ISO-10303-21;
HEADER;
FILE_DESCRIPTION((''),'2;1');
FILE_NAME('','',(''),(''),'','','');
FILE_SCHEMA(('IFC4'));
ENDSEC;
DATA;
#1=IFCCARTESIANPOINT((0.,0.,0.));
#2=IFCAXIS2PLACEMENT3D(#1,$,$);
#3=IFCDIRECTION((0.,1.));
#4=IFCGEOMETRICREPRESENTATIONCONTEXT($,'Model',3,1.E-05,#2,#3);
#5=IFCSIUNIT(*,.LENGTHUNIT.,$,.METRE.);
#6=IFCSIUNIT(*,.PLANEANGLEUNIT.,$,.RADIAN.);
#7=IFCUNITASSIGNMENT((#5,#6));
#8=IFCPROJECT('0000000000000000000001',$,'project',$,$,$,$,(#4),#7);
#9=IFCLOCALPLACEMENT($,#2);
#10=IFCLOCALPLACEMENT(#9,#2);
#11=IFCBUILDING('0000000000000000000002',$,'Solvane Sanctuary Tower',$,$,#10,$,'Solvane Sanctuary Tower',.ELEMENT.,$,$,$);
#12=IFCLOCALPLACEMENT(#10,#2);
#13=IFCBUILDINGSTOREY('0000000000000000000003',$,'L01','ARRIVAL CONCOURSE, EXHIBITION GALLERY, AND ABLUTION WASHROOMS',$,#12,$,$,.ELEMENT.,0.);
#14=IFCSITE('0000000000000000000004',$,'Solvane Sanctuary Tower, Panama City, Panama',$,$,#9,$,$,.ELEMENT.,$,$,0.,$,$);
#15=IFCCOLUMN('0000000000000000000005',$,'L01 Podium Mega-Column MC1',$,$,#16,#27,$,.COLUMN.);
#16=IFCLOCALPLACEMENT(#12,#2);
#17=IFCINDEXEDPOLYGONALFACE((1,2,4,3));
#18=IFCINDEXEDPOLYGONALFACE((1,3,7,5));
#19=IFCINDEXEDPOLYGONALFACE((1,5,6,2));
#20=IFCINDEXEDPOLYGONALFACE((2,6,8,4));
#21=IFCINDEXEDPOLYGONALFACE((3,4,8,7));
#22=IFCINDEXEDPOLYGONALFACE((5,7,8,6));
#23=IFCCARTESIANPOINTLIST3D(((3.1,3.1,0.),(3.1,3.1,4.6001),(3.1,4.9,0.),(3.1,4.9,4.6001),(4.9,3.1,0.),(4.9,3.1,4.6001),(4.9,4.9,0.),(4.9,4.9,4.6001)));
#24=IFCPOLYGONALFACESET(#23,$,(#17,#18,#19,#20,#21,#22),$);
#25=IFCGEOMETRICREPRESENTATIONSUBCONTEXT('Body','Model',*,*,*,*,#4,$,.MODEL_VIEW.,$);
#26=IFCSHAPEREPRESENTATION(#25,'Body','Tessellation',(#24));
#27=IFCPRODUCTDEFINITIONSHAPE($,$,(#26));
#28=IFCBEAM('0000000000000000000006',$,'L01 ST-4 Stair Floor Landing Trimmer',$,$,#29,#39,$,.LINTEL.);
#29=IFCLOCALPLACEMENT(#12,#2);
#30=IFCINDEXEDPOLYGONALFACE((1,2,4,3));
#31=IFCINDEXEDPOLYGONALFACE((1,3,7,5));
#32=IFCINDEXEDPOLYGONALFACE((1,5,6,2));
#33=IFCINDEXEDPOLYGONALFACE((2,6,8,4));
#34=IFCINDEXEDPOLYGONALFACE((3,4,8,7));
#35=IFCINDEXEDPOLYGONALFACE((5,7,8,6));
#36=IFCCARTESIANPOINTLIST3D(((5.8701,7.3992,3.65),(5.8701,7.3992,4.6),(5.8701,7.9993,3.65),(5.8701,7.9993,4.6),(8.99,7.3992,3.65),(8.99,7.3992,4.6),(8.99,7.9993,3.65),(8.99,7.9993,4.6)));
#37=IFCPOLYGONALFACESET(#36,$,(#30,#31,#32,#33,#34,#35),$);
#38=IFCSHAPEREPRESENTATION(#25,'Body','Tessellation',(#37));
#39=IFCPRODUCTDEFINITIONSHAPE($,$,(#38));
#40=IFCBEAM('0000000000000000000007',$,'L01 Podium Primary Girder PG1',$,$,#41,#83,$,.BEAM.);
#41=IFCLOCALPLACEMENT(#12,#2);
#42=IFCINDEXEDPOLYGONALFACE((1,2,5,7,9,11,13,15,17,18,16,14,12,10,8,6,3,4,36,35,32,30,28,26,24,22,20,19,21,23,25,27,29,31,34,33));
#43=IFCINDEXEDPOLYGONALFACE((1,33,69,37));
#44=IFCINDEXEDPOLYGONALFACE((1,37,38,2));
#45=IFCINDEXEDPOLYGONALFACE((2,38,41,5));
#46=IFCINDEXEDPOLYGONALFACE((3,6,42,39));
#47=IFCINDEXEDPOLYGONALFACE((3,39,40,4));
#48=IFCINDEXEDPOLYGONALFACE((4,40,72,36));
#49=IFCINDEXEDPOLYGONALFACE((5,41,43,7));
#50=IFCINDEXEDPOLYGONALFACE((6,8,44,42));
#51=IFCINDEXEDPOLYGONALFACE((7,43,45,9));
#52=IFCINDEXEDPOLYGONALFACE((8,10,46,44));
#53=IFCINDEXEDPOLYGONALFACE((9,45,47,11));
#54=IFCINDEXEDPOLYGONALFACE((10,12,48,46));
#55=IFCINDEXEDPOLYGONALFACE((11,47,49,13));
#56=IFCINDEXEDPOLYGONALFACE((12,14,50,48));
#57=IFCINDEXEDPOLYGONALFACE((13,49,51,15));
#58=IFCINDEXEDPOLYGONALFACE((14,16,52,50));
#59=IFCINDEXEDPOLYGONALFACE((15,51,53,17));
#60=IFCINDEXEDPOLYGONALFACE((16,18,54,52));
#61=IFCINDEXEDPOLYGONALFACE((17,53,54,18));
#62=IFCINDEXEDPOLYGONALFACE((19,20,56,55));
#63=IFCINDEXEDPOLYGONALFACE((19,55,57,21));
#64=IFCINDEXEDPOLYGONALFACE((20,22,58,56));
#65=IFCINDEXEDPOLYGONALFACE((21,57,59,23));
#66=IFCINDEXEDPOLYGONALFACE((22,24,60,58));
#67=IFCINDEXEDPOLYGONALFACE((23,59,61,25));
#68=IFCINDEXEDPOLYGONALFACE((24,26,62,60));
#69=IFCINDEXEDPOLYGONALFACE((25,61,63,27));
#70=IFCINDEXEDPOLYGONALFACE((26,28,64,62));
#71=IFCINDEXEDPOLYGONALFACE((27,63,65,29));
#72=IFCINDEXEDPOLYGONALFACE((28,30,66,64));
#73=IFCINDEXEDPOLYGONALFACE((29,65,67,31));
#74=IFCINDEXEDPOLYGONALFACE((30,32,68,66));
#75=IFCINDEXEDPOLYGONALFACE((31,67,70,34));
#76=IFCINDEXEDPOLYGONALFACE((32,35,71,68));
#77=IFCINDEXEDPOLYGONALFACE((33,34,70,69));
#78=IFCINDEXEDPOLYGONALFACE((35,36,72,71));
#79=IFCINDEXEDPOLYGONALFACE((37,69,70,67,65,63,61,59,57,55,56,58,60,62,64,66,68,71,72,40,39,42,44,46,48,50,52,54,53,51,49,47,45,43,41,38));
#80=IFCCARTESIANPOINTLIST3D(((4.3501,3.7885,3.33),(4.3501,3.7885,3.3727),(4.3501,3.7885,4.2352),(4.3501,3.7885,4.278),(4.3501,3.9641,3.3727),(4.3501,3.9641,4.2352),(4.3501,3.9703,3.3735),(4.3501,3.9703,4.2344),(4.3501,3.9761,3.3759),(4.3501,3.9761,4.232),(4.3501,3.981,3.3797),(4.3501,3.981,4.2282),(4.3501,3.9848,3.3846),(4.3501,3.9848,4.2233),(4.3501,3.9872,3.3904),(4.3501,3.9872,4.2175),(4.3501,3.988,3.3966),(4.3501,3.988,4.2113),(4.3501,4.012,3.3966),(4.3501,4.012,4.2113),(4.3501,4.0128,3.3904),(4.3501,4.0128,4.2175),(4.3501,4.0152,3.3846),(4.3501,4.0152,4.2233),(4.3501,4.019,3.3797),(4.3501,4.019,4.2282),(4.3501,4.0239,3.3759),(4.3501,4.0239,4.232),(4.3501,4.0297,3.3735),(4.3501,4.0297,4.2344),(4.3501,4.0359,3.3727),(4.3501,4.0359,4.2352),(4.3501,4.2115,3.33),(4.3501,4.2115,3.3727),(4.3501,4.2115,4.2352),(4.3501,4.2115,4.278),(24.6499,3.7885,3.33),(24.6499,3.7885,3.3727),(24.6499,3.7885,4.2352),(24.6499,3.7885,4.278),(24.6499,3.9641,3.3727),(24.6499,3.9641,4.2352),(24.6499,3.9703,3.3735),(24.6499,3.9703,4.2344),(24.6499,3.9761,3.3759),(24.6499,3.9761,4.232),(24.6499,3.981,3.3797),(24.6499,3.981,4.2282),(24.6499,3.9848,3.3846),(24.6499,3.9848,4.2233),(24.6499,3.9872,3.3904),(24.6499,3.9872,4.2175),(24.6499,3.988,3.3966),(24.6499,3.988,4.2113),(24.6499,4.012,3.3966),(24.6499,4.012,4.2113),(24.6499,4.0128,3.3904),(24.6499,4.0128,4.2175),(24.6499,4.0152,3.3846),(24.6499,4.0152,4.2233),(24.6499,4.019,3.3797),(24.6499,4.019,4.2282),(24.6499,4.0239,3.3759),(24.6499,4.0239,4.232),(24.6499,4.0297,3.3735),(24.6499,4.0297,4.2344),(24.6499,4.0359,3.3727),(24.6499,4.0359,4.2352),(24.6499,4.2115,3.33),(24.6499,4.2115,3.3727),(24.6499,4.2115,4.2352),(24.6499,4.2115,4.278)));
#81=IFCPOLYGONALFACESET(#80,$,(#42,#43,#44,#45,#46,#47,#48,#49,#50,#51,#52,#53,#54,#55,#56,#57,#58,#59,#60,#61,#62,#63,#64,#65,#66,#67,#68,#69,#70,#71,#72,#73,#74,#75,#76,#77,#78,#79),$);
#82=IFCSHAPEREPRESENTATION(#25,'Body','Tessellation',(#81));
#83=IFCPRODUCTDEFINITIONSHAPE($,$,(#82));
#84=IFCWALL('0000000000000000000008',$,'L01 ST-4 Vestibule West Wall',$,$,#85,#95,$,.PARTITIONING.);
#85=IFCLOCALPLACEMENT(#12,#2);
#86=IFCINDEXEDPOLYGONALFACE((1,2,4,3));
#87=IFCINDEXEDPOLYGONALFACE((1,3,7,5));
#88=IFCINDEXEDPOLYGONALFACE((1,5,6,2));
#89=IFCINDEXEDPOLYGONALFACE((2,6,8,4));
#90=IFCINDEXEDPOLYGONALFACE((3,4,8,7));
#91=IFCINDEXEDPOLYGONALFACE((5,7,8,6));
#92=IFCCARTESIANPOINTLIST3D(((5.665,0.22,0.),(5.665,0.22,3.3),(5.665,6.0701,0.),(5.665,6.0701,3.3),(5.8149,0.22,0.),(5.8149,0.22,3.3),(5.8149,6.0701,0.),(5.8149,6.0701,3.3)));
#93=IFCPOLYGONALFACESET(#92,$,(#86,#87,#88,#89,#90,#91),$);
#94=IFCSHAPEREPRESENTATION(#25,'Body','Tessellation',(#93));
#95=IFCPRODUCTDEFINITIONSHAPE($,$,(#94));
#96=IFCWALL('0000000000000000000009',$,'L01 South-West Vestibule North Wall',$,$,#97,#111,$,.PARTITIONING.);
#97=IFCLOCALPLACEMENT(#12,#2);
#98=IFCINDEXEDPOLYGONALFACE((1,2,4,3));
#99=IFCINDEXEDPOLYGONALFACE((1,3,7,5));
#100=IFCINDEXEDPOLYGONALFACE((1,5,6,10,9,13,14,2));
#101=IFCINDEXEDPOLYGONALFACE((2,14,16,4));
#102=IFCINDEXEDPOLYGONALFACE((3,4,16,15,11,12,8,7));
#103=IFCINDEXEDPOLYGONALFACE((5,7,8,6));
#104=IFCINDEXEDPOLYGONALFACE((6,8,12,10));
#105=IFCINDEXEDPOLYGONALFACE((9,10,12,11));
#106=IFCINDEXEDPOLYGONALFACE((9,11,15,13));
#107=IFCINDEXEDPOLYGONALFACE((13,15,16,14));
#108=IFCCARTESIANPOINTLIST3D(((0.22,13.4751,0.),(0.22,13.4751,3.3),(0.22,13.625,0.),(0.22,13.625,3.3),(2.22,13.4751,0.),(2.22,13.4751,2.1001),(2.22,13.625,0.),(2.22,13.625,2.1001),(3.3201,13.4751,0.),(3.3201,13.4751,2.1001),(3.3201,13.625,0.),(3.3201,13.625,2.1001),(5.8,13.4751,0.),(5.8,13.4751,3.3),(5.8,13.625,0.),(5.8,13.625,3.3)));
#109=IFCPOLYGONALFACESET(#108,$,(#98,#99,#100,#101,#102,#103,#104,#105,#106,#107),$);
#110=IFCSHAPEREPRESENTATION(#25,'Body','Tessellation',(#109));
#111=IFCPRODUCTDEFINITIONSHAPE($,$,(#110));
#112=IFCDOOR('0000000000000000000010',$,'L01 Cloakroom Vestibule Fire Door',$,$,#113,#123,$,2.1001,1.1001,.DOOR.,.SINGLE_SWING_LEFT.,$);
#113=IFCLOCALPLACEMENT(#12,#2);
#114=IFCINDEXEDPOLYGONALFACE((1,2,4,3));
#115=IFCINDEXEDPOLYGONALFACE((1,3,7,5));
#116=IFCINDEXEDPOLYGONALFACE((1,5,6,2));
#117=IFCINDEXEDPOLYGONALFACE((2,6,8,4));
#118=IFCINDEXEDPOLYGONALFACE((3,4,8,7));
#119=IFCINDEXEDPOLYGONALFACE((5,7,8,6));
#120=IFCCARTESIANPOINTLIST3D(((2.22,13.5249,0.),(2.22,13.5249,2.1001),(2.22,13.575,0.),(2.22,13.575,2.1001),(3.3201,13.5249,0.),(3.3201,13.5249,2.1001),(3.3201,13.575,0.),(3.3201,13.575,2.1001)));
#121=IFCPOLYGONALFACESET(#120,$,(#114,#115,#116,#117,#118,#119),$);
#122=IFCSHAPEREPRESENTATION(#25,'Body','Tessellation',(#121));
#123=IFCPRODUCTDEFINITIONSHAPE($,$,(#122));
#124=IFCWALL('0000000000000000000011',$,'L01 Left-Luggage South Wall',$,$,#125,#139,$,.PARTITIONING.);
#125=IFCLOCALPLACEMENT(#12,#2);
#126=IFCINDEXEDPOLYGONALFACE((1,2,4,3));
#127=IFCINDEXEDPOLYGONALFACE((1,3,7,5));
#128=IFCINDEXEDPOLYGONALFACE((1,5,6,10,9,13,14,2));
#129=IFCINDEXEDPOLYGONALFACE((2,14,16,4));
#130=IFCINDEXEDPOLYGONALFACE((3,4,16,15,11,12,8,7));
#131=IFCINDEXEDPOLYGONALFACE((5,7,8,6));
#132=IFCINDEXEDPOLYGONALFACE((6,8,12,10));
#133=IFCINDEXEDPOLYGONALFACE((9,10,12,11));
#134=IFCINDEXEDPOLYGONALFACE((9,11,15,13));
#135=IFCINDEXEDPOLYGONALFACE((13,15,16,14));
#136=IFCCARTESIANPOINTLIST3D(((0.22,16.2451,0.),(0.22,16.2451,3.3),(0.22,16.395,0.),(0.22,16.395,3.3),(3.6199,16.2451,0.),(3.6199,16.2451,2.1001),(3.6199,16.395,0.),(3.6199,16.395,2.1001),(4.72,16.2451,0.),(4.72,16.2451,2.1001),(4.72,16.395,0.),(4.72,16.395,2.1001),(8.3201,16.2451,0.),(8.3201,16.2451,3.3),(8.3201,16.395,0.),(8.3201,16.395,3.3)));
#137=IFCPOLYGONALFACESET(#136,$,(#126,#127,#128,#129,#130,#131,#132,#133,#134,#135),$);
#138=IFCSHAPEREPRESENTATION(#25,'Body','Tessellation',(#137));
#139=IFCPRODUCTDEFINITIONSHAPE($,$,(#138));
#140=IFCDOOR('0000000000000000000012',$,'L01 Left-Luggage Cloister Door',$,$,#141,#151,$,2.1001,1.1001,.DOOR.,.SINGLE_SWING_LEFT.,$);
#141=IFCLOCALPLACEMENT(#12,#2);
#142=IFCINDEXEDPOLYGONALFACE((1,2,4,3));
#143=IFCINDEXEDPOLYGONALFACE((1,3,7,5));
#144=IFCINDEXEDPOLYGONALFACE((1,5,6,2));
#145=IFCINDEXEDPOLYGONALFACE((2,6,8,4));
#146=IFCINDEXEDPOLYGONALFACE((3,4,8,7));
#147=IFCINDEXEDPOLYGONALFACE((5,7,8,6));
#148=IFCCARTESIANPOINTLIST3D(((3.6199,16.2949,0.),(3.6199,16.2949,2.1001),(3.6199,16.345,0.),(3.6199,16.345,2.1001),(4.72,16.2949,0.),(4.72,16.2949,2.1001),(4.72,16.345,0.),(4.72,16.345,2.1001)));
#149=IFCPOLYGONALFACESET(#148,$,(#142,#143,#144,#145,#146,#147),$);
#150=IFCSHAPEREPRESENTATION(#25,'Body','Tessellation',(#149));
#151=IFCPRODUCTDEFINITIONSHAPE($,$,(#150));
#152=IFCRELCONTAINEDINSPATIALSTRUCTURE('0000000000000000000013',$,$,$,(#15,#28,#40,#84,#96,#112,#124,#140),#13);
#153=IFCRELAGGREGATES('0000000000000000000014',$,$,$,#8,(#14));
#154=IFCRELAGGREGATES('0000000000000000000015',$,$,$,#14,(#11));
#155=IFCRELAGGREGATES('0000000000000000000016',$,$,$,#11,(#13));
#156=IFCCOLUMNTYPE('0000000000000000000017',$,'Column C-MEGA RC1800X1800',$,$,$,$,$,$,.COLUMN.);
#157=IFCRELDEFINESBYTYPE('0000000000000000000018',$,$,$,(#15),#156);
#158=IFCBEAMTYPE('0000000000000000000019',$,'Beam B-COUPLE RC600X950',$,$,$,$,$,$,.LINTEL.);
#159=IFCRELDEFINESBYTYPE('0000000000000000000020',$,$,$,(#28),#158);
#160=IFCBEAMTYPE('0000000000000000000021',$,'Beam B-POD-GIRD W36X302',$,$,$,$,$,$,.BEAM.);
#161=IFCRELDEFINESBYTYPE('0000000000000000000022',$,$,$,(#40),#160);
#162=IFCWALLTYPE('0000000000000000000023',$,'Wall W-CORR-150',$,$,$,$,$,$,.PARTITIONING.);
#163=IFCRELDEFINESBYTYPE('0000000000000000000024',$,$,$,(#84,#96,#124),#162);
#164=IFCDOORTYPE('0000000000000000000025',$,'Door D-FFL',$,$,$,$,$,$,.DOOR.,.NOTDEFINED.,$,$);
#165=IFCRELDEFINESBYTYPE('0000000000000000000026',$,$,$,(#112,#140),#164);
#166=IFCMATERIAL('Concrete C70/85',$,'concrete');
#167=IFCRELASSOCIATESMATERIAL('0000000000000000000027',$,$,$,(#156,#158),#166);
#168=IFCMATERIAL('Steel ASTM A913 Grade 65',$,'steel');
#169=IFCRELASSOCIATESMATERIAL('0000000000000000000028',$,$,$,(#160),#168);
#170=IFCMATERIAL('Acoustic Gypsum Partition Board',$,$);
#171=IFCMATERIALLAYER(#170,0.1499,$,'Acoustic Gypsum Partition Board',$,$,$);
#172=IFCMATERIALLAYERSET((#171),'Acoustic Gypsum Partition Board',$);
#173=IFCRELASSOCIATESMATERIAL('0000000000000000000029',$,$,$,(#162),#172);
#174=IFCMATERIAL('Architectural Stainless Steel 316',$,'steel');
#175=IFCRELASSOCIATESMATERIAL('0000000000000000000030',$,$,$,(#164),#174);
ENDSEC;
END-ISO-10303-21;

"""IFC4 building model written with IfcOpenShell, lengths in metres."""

from ifc_helpers import new_model, si_unit, direction, frame, frame_2d, origin, origin_2d, place, context, subcontext, project, spatial, rectangle, i_section, extrude, material, layer, layer_set, material_profile, profile_set, type_object, element, fill, save


model = new_model("IFC4")

# Units and contexts
model_context = context("Model", 3, precision=1e-05, world=origin(), true_north=direction((0.0, 1.0)))
body_context = subcontext(model_context, "Body", "Model", "MODEL_VIEW")
ifc_project = project(units=[si_unit("LENGTHUNIT", "METRE"), si_unit("PLANEANGLEUNIT", "RADIAN")], contexts=[model_context])

# Site, building, storey
site_placement = place(None, origin())
site = spatial("IfcSite", under=ifc_project, at=site_placement, Name="Solvane Sanctuary Tower, Panama City, Panama", CompositionType="ELEMENT", RefElevation=0.0)
building_placement = place(site_placement, origin())
building = spatial("IfcBuilding", under=site, at=building_placement, Name="Solvane Sanctuary Tower", LongName="Solvane Sanctuary Tower", CompositionType="ELEMENT")
storey_placement = place(building_placement, origin())
storey = spatial("IfcBuildingStorey", under=building, at=storey_placement, Name="L01", Description="ARRIVAL CONCOURSE, EXHIBITION GALLERY, AND ABLUTION WASHROOMS", CompositionType="ELEMENT", Elevation=0.0)

# Column
ifc_material_1 = material(Name="Concrete C70/85", Category="concrete")
ifc_material_profile_1 = material_profile(ifc_material_1, rectangle(XDim=1.8, YDim=1.8, at=origin_2d()), Name="RC1800X1800")
ifc_profile_set_1 = profile_set([ifc_material_profile_1], Name="Concrete C70/85")
column_type = type_object("IfcColumnType", Name="Column C-MEGA RC1800X1800", PredefinedType="COLUMN", material=ifc_profile_set_1)
column_placement = place(storey_placement, frame((4.0, 4.0, 0.0), z_axis=(0.0, 0.0, 1.0), x_axis=(1.0, 0.0, 0.0)))
element("IfcColumn", 1, at=column_placement, inside=storey, type_object=column_type, Name="L01 Podium Mega-Column MC1", PredefinedType="COLUMN", context=body_context, shape_type="SweptSolid", body=[
    extrude(rectangle(XDim=1.8, YDim=1.8, at=origin_2d()), origin(), (0.0, 0.0, 1.0), 4.6001),
])

# Beams
ifc_material_profile_2 = material_profile(ifc_material_1, rectangle(XDim=0.6001, YDim=0.95, at=origin_2d()), Name="RC600X950")
ifc_profile_set_2 = profile_set([ifc_material_profile_2], Name="Concrete C70/85")
beam_type_1 = type_object("IfcBeamType", Name="Beam B-COUPLE RC600X950", PredefinedType="LINTEL", material=ifc_profile_set_2)
beam_1_placement = place(storey_placement, frame((5.8701, 7.6992, 4.125), z_axis=(1.0, 0.0, 0.0), x_axis=(0.0, 1.0, 0.0)))
element("IfcBeam", 2, at=beam_1_placement, inside=storey, type_object=beam_type_1, Name="L01 ST-4 Stair Floor Landing Trimmer", PredefinedType="LINTEL", context=body_context, shape_type="SweptSolid", body=[
    extrude(rectangle(XDim=0.6001, YDim=0.95, at=origin_2d()), origin(), (0.0, 0.0, 1.0), 3.1199),
])
ifc_material_2 = material(Name="Steel ASTM A913 Grade 65", Category="steel")
ifc_material_profile_3 = material_profile(ifc_material_2, i_section(OverallWidth=0.4231, OverallDepth=0.948, WebThickness=0.0239, FlangeThickness=0.0427, FilletRadius=0.0239, at=origin_2d()), Name="W36X302")
ifc_profile_set_3 = profile_set([ifc_material_profile_3], Name="Steel ASTM A913 Grade 65")
beam_type_2 = type_object("IfcBeamType", Name="Beam B-POD-GIRD W36X302", PredefinedType="BEAM", material=ifc_profile_set_3)
beam_2_placement = place(storey_placement, frame((4.3501, 4.0, 3.804), z_axis=(1.0, 0.0, 0.0), x_axis=(0.0, 1.0, 0.0)))
element("IfcBeam", 3, at=beam_2_placement, inside=storey, type_object=beam_type_2, Name="L01 Podium Primary Girder PG1", PredefinedType="BEAM", context=body_context, shape_type="SweptSolid", body=[
    extrude(i_section(OverallWidth=0.4231, OverallDepth=0.948, WebThickness=0.0239, FlangeThickness=0.0427, FilletRadius=0.0239, at=origin_2d()), origin(), (0.0, 0.0, 1.0), 20.2998),
])

# Wall
ifc_material_3 = material(Name="Acoustic Gypsum Partition Board")
ifc_layer_1 = layer(ifc_material_3, 0.1499, Name="Acoustic Gypsum Partition Board")
ifc_layer_set_1 = layer_set([ifc_layer_1], Name="Acoustic Gypsum Partition Board")
wall_type_1 = type_object("IfcWallType", Name="Wall W-CORR-150", PredefinedType="PARTITIONING", material=ifc_layer_set_1)
wall_1_placement = place(storey_placement, frame((5.74, 0.22, 0.0), z_axis=(0.0, 0.0, 1.0), x_axis=(0.0, 1.0, 0.0)))
element("IfcWall", 4, at=wall_1_placement, inside=storey, type_object=wall_type_1, Name="L01 ST-4 Vestibule West Wall", PredefinedType="PARTITIONING", context=body_context, shape_type="SweptSolid", body=[
    extrude(rectangle(XDim=5.8501, YDim=0.1499, at=frame_2d((2.925, 0.0))), origin(), (0.0, 0.0, 1.0), 3.3),
])

# Walls, openings, doors
wall_2_placement = place(storey_placement, frame((0.22, 13.55, 0.0), z_axis=(0.0, 0.0, 1.0), x_axis=(1.0, 0.0, 0.0)))
wall_2 = element("IfcWall", 5, at=wall_2_placement, inside=storey, type_object=wall_type_1, Name="L01 South-West Vestibule North Wall", PredefinedType="PARTITIONING", context=body_context, shape_type="SweptSolid", body=[
    extrude(rectangle(XDim=5.5801, YDim=0.1499, at=frame_2d((2.79, 0.0))), origin(), (0.0, 0.0, 1.0), 3.3),
])
opening_1_placement = place(wall_2_placement, frame((2.0, 0.0, 0.0)))
opening_1 = element("IfcOpeningElement", 6, at=opening_1_placement, cuts=wall_2, PredefinedType="OPENING", context=body_context, shape_type="SweptSolid", body=[
    extrude(rectangle(XDim=1.1001, YDim=2.1001, at=frame_2d((0.55, 1.05))), frame((0.0, 0.085, 0.0), z_axis=(0.0, -1.0, 0.0), x_axis=(1.0, 0.0, 0.0)), (0.0, 0.0, 1.0), 0.1699),
])
ifc_material_4 = material(Name="Architectural Stainless Steel 316", Category="steel")
door_type_1 = type_object("IfcDoorType", Name="Door D-FFL", OperationType="NOTDEFINED", PredefinedType="DOOR", material=ifc_material_4)
door_1_placement = place(opening_1_placement, origin())
door_1 = element("IfcDoor", 7, at=door_1_placement, inside=storey, type_object=door_type_1, Name="L01 Cloakroom Vestibule Fire Door", OperationType="SINGLE_SWING_LEFT", OverallHeight=2.1001, OverallWidth=1.1001, PredefinedType="DOOR", context=body_context, shape_type="SweptSolid", body=[
    extrude(rectangle(XDim=1.1001, YDim=2.1001, at=frame_2d((0.55, 1.05))), frame((0.0, 0.0249, 0.0), z_axis=(0.0, -1.0, 0.0), x_axis=(1.0, 0.0, 0.0)), (0.0, 0.0, 1.0), 0.05),
])
fill(opening_1, door_1)
wall_3_placement = place(storey_placement, frame((0.22, 16.3201, 0.0), z_axis=(0.0, 0.0, 1.0), x_axis=(1.0, 0.0, 0.0)))
wall_3 = element("IfcWall", 8, at=wall_3_placement, inside=storey, type_object=wall_type_1, Name="L01 Left-Luggage South Wall", PredefinedType="PARTITIONING", context=body_context, shape_type="SweptSolid", body=[
    extrude(rectangle(XDim=8.1001, YDim=0.1499, at=frame_2d((4.05, 0.0))), origin(), (0.0, 0.0, 1.0), 3.3),
])
opening_2_placement = place(wall_3_placement, frame((3.3999, 0.0, 0.0)))
opening_2 = element("IfcOpeningElement", 9, at=opening_2_placement, cuts=wall_3, PredefinedType="OPENING", context=body_context, shape_type="SweptSolid", body=[
    extrude(rectangle(XDim=1.1001, YDim=2.1001, at=frame_2d((0.55, 1.05))), frame((0.0, 0.085, 0.0), z_axis=(0.0, -1.0, 0.0), x_axis=(1.0, 0.0, 0.0)), (0.0, 0.0, 1.0), 0.1699),
])
door_2_placement = place(opening_2_placement, origin())
door_2 = element("IfcDoor", 10, at=door_2_placement, inside=storey, type_object=door_type_1, Name="L01 Left-Luggage Cloister Door", OperationType="SINGLE_SWING_LEFT", OverallHeight=2.1001, OverallWidth=1.1001, PredefinedType="DOOR", context=body_context, shape_type="SweptSolid", body=[
    extrude(rectangle(XDim=1.1001, YDim=2.1001, at=frame_2d((0.55, 1.05))), frame((0.0, 0.0249, 0.0), z_axis=(0.0, -1.0, 0.0), x_axis=(1.0, 0.0, 0.0)), (0.0, 0.0, 1.0), 0.05),
])
fill(opening_2, door_2)

save(model, "model.ifc")
